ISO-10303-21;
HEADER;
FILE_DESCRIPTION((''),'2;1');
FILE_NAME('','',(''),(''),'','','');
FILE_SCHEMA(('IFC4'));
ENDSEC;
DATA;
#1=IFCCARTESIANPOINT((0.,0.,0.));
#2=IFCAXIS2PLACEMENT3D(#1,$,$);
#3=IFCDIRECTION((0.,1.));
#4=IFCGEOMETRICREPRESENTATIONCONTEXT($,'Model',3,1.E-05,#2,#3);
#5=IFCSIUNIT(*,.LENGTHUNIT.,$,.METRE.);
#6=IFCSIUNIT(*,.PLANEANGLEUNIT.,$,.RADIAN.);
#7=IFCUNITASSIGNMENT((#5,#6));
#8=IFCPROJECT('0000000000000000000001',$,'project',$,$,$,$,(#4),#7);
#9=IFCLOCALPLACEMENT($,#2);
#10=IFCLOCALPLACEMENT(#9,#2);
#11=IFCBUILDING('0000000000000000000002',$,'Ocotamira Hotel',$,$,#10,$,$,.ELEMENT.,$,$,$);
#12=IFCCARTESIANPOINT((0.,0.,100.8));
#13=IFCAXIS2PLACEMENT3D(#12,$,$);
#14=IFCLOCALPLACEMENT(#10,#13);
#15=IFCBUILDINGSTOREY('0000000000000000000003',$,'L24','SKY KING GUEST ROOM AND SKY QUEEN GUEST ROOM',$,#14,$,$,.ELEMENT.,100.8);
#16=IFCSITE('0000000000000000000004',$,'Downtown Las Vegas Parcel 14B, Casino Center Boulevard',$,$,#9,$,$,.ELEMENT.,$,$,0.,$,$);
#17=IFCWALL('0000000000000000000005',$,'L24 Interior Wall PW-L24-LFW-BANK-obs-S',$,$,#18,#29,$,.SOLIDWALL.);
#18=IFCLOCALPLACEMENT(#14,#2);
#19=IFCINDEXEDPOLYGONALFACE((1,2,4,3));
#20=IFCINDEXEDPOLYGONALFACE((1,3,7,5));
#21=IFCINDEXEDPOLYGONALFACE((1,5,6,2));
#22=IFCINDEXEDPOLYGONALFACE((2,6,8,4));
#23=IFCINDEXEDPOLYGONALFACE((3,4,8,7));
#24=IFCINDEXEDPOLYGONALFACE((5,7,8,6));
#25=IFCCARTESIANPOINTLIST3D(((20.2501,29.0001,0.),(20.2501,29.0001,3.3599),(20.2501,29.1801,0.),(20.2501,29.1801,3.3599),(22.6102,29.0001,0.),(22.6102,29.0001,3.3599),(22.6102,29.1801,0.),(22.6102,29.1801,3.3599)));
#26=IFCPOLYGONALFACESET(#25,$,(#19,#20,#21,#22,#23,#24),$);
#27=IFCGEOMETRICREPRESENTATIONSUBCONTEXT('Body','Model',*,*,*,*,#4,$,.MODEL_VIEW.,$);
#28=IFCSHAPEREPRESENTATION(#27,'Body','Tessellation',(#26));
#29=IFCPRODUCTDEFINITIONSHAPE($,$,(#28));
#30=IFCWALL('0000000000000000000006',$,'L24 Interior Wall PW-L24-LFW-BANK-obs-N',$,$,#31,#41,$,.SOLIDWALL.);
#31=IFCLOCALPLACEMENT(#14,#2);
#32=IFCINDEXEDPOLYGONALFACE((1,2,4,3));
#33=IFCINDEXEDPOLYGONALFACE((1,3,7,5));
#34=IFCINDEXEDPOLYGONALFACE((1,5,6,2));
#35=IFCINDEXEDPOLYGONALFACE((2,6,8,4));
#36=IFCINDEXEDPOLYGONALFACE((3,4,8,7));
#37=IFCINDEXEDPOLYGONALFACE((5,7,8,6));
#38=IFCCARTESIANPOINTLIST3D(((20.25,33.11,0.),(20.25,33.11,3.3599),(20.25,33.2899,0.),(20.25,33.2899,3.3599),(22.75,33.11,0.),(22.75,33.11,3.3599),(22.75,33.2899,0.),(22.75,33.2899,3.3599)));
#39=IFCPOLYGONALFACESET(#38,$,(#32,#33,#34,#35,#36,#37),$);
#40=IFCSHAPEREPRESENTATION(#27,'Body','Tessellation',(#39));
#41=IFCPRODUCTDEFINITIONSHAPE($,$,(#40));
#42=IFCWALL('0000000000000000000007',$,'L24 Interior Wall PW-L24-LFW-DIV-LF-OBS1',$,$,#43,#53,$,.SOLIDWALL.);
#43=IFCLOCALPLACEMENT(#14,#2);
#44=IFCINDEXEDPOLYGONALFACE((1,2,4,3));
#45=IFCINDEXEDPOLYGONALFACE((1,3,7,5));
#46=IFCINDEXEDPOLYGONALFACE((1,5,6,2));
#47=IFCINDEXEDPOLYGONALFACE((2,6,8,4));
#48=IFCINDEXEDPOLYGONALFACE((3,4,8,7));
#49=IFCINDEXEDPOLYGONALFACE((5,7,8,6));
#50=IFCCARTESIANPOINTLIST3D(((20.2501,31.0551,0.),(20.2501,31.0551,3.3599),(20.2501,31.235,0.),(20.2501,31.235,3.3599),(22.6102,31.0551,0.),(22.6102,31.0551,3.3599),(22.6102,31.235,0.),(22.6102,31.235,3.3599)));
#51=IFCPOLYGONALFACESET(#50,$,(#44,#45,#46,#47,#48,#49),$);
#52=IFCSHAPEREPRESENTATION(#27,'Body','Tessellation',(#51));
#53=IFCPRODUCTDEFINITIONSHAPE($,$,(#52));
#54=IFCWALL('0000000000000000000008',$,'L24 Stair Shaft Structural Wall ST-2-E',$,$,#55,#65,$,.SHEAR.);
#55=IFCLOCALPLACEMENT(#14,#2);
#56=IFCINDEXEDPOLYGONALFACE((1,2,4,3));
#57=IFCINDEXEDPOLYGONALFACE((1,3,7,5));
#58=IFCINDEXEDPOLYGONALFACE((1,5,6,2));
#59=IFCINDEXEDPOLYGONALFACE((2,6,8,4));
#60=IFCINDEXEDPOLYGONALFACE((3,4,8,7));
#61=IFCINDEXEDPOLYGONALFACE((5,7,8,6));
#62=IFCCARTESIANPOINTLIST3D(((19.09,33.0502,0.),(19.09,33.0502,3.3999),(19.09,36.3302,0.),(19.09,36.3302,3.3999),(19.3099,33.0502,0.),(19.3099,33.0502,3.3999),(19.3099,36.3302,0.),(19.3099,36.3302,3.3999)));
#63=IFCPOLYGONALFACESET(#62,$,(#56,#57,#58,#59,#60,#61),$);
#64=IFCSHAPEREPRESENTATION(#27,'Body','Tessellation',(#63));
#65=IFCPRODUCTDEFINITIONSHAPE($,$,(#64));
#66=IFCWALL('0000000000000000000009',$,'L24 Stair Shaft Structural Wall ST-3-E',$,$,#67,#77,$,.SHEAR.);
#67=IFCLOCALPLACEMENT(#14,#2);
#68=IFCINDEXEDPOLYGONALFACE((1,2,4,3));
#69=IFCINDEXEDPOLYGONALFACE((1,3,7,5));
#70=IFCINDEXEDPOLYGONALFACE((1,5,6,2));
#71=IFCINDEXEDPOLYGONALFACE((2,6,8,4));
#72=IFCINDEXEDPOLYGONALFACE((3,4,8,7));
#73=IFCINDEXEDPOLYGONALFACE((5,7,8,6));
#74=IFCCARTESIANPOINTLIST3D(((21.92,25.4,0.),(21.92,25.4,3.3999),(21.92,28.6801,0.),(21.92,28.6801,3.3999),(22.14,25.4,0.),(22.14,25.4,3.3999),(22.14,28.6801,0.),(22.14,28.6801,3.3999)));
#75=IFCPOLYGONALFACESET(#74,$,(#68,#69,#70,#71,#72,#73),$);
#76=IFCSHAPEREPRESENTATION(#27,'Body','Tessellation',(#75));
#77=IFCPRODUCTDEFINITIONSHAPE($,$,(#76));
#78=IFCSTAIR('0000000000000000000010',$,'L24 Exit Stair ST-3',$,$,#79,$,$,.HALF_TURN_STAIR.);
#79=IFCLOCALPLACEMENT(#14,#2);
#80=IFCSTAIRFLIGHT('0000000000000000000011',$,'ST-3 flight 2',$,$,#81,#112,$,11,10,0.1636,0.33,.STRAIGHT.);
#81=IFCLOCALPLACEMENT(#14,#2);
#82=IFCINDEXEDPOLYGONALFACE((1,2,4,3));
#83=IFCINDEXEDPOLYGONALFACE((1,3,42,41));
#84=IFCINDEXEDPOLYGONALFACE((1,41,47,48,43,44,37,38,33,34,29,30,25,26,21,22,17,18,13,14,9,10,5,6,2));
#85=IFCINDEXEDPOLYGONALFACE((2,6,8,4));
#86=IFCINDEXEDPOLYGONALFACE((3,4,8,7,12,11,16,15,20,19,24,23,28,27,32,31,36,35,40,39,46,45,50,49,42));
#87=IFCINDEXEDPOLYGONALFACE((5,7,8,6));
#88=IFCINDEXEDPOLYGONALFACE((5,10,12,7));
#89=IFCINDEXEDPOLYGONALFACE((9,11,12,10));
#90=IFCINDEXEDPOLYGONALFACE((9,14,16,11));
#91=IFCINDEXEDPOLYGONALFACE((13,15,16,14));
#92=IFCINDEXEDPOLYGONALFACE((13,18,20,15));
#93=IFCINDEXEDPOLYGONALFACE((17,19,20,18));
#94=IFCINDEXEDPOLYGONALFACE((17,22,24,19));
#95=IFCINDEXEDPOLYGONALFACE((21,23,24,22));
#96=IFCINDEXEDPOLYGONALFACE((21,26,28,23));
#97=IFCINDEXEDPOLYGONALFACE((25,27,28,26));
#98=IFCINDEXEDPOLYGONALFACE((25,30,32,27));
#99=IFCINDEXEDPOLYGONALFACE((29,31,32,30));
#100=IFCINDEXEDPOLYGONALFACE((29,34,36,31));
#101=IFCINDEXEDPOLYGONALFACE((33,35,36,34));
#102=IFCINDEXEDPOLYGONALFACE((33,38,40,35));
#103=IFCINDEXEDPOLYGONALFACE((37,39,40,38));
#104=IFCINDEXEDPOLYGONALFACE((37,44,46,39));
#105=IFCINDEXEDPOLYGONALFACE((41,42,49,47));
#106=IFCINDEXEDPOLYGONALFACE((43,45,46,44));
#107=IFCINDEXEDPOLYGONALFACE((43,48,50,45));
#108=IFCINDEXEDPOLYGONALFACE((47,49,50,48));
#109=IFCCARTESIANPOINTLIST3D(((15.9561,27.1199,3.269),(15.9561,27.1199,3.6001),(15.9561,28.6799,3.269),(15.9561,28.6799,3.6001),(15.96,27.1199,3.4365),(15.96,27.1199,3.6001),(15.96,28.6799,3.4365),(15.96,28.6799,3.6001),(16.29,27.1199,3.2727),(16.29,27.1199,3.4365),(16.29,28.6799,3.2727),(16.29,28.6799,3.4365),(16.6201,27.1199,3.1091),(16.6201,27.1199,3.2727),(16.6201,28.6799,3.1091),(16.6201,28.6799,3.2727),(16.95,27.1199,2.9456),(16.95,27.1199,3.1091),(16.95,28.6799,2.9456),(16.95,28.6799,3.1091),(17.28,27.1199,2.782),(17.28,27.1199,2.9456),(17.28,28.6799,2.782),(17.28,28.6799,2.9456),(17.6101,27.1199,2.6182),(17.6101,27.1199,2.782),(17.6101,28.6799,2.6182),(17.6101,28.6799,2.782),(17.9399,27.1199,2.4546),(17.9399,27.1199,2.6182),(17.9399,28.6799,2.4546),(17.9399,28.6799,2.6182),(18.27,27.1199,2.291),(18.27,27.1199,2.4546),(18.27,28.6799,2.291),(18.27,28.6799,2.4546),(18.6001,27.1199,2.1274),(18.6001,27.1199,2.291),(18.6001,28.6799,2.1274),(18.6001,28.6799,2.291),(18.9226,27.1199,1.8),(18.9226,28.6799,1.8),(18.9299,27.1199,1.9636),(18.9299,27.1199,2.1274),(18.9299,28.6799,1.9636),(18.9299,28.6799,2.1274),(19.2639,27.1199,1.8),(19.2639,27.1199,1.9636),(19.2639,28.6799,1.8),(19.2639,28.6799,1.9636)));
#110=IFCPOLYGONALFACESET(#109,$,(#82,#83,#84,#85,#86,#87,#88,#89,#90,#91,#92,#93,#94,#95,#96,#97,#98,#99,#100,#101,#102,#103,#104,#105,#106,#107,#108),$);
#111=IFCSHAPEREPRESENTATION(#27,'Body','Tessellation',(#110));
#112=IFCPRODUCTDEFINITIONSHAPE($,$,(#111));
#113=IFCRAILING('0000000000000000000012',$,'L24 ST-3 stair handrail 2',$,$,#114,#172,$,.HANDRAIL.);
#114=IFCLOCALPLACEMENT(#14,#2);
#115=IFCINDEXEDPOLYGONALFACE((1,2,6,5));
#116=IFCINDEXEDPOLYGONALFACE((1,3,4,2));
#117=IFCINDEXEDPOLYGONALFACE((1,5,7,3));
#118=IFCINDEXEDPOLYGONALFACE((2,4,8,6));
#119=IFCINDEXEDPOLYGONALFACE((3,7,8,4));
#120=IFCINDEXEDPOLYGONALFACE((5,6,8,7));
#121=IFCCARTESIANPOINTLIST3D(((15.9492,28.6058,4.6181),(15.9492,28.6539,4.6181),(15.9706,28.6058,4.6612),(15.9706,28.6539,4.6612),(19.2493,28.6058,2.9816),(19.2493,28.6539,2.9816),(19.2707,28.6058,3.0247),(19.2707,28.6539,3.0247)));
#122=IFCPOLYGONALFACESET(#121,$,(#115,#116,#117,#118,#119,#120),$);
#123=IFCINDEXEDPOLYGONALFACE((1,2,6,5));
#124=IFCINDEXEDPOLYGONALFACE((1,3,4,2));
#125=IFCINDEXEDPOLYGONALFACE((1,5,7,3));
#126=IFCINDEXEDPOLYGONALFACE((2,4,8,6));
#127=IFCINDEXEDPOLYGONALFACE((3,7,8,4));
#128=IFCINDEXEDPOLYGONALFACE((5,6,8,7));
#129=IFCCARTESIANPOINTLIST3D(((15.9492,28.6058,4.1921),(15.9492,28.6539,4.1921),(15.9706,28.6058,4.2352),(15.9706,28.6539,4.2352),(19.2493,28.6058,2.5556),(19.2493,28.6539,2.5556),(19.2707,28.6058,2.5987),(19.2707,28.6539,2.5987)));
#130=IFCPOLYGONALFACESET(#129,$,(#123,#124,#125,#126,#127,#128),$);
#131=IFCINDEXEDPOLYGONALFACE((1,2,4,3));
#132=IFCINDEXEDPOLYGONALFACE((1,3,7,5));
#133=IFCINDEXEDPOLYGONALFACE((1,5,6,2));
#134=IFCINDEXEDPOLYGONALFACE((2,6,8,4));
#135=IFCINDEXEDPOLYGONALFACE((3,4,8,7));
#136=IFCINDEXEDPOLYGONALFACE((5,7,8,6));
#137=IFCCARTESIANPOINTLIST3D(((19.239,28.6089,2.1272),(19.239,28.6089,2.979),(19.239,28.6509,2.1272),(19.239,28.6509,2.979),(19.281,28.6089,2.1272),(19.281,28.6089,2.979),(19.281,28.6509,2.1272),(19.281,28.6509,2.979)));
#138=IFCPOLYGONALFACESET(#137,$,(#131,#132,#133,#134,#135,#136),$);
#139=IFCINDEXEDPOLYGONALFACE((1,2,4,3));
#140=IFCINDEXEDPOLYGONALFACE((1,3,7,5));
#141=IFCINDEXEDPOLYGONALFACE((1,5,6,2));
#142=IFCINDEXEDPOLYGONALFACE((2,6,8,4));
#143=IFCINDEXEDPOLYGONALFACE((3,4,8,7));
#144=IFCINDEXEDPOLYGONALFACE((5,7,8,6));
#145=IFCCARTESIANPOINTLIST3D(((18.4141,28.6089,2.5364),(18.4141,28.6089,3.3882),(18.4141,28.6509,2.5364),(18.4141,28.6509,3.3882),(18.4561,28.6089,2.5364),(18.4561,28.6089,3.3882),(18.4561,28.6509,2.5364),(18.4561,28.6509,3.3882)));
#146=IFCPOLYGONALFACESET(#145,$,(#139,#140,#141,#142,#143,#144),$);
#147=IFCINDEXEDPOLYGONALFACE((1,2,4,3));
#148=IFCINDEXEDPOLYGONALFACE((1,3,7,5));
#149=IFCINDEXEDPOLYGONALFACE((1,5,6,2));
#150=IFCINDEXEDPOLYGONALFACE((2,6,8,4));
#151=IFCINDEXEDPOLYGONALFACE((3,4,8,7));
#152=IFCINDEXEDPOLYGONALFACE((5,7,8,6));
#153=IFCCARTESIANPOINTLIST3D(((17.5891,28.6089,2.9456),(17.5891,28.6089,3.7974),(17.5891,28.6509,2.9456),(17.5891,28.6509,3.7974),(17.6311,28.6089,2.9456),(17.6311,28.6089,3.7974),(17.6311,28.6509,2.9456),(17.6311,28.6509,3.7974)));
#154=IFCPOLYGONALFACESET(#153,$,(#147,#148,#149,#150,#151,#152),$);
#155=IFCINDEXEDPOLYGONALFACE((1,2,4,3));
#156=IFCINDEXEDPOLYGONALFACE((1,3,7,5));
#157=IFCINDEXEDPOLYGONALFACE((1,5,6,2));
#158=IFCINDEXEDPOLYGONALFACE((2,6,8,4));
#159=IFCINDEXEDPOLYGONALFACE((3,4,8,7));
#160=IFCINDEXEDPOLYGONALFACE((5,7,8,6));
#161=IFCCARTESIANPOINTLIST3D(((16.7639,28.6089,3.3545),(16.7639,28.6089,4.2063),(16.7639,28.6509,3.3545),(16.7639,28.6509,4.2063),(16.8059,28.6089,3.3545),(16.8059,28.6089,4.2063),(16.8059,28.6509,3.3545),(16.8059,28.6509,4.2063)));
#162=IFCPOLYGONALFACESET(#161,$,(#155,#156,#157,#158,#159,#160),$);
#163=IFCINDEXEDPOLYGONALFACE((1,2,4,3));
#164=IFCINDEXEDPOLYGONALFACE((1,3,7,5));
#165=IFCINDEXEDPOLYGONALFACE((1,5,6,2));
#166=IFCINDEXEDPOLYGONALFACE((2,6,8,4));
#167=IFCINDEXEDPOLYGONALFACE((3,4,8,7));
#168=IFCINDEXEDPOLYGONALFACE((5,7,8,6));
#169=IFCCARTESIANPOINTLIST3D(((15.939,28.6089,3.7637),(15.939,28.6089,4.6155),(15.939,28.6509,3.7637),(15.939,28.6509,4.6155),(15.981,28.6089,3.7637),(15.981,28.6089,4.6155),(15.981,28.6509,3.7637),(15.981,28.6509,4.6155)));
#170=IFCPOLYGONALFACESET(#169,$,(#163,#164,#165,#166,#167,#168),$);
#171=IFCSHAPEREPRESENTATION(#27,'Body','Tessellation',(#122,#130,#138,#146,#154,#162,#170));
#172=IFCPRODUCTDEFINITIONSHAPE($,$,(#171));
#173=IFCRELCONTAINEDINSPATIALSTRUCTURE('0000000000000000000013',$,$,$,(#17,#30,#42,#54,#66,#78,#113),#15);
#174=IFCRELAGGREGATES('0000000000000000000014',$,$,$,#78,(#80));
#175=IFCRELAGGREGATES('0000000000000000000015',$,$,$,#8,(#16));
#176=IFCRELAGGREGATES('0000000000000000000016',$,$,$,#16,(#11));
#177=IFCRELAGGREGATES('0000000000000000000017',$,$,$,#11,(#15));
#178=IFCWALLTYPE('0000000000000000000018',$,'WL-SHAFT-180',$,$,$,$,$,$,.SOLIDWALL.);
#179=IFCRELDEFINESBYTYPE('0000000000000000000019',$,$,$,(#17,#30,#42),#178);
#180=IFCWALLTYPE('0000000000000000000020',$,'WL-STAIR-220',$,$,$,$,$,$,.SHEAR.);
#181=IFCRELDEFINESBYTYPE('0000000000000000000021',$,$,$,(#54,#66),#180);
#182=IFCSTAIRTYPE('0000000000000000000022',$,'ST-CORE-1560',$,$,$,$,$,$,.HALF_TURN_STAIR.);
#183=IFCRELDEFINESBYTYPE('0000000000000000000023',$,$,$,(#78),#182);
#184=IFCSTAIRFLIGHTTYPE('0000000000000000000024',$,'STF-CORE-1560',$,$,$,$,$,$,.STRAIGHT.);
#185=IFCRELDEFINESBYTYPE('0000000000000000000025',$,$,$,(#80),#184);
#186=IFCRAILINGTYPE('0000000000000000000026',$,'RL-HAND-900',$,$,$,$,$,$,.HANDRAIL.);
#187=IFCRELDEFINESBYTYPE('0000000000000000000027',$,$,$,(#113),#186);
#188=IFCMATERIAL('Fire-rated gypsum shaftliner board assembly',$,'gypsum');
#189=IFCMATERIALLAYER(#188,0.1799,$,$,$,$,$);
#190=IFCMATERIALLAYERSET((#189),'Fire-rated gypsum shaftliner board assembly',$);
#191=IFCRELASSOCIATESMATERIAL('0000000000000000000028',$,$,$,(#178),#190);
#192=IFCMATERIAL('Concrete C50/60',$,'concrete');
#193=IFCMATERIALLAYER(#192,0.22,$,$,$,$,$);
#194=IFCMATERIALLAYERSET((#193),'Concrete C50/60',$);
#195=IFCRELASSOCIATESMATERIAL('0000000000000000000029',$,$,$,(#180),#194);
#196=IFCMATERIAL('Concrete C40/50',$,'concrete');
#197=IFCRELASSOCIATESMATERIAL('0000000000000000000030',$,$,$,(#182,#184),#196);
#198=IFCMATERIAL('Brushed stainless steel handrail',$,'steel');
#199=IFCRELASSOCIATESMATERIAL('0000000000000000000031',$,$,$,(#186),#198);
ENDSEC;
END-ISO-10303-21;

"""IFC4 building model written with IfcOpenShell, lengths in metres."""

from ifc_helpers import new_model, si_unit, direction, frame, frame_2d, origin, origin_2d, place, context, subcontext, project, spatial, polyline, rectangle, outline, extrude, source, transform, mapped, material, layer, layer_set, type_object, element, aggregate, save


model = new_model("IFC4")

# Units and contexts
model_context = context("Model", 3, precision=1e-05, world=origin(), true_north=direction((0.0, 1.0)))
body_context = subcontext(model_context, "Body", "Model", "MODEL_VIEW")
ifc_project = project(units=[si_unit("LENGTHUNIT", "METRE"), si_unit("PLANEANGLEUNIT", "RADIAN")], contexts=[model_context])

# Site, building, storey
site_placement = place(None, origin())
site = spatial("IfcSite", under=ifc_project, at=site_placement, Name="Downtown Las Vegas Parcel 14B, Casino Center Boulevard", CompositionType="ELEMENT", RefElevation=0.0)
building_placement = place(site_placement, origin())
building = spatial("IfcBuilding", under=site, at=building_placement, Name="Ocotamira Hotel", CompositionType="ELEMENT")
storey_placement = place(building_placement, frame((0.0, 0.0, 100.8)))
storey = spatial("IfcBuildingStorey", under=building, at=storey_placement, Name="L24", Description="SKY KING GUEST ROOM AND SKY QUEEN GUEST ROOM", CompositionType="ELEMENT", Elevation=100.8)

# Walls
ifc_material_1 = material(Name="Fire-rated gypsum shaftliner board assembly", Category="gypsum")
ifc_layer_1 = layer(ifc_material_1, 0.1799)
ifc_layer_set_1 = layer_set([ifc_layer_1], Name="Fire-rated gypsum shaftliner board assembly")
wall_type_1 = type_object("IfcWallType", Name="WL-SHAFT-180", PredefinedType="SOLIDWALL", material=ifc_layer_set_1)
wall_1_placement = place(storey_placement, frame((20.25, 29.0901, 0.0), z_axis=(0.0, 0.0, 1.0), x_axis=(1.0, 0.0, 0.0)))
element("IfcWall", 1, at=wall_1_placement, inside=storey, type_object=wall_type_1, Name="L24 Interior Wall PW-L24-LFW-BANK-obs-S", PredefinedType="SOLIDWALL", context=body_context, shape_type="SweptSolid", body=[
    extrude(rectangle(XDim=2.3601, YDim=0.1799, at=frame_2d((1.1802, 0.0))), origin(), (0.0, 0.0, 1.0), 3.3599),
])
wall_2_placement = place(storey_placement, frame((20.25, 33.2, 0.0), z_axis=(0.0, 0.0, 1.0), x_axis=(1.0, 0.0, 0.0)))
element("IfcWall", 2, at=wall_2_placement, inside=storey, type_object=wall_type_1, Name="L24 Interior Wall PW-L24-LFW-BANK-obs-N", PredefinedType="SOLIDWALL", context=body_context, shape_type="SweptSolid", body=[
    extrude(rectangle(XDim=2.5, YDim=0.1799, at=frame_2d((1.25, 0.0))), origin(), (0.0, 0.0, 1.0), 3.3599),
])
wall_3_placement = place(storey_placement, frame((20.25, 31.145, 0.0), z_axis=(0.0, 0.0, 1.0), x_axis=(1.0, 0.0, 0.0)))
element("IfcWall", 3, at=wall_3_placement, inside=storey, type_object=wall_type_1, Name="L24 Interior Wall PW-L24-LFW-DIV-LF-OBS1", PredefinedType="SOLIDWALL", context=body_context, shape_type="SweptSolid", body=[
    extrude(rectangle(XDim=2.3601, YDim=0.1799, at=frame_2d((1.1802, 0.0))), origin(), (0.0, 0.0, 1.0), 3.3599),
])
ifc_material_2 = material(Name="Concrete C50/60", Category="concrete")
ifc_layer_2 = layer(ifc_material_2, 0.22)
ifc_layer_set_2 = layer_set([ifc_layer_2], Name="Concrete C50/60")
wall_type_2 = type_object("IfcWallType", Name="WL-STAIR-220", PredefinedType="SHEAR", material=ifc_layer_set_2)
for number, where, z_axis, x_axis, name in (
    (4, (19.2, 33.05, 0.0), (0.0, 0.0, 1.0), (0.0, 1.0, 0.0), "L24 Stair Shaft Structural Wall ST-2-E"),
    (5, (22.03, 25.3999, 0.0), (0.0, 0.0, 1.0), (0.0, 1.0, 0.0), "L24 Stair Shaft Structural Wall ST-3-E"),
):
    element("IfcWall", number, at=place(storey_placement, frame(where, z_axis=z_axis, x_axis=x_axis)), inside=storey, type_object=wall_type_2, Name=name, PredefinedType="SHEAR", context=body_context, shape_type="SweptSolid", body=[
        extrude(rectangle(XDim=3.28, YDim=0.22, at=frame_2d((1.6401, 0.0))), origin(), (0.0, 0.0, 1.0), 3.3999),
    ])

# Stair, stair flight
ifc_material_3 = material(Name="Concrete C40/50", Category="concrete")
stair_type = type_object("IfcStairType", Name="ST-CORE-1560", PredefinedType="HALF_TURN_STAIR", material=ifc_material_3)
stair_placement = place(storey_placement, origin())
stair = element("IfcStair", 6, at=stair_placement, inside=storey, type_object=stair_type, Name="L24 Exit Stair ST-3", PredefinedType="HALF_TURN_STAIR")
stair_flight_type = type_object("IfcStairFlightType", Name="STF-CORE-1560", PredefinedType="STRAIGHT", material=ifc_material_3)
shared_shape_1 = source(origin(), body_context, "Body", "SweptSolid", [
    extrude(outline(polyline([(-0.0039, 0.0), (-0.0039, 0.1636), (0.3301, 0.1636), (0.3301, 0.3274), (0.6599, 0.3274), (0.6599, 0.491), (0.99, 0.491), (0.99, 0.6545), (1.3201, 0.6545), (1.3201, 0.8181), (1.6499, 0.8181), (1.6499, 0.9819), (1.98, 0.9819), (1.98, 1.1455), (2.3101, 1.1455), (2.3101, 1.3091), (2.6399, 1.3091), (2.6399, 1.4727), (2.97, 1.4727), (2.97, 1.6365), (3.3, 1.6365), (3.3, 1.8), (3.304, 1.8), (3.304, 1.469), (0.3374, 0.0), (-0.0039, 0.0)])), frame((0.0, 0.78, 0.0), z_axis=(0.0, -1.0, 0.0), x_axis=(1.0, 0.0, 0.0)), (0.0, 0.0, 1.0), 1.5601),
])
stair_flight_placement = place(storey_placement, frame((19.26, 27.8999, 1.8), z_axis=(0.0, 0.0, 1.0), x_axis=(-1.0, 0.0, 0.0)))
stair_flight = element("IfcStairFlight", 7, at=stair_flight_placement, type_object=stair_flight_type, Name="ST-3 flight 2", NumberOfRisers=11, NumberOfTreads=10, PredefinedType="STRAIGHT", RiserHeight=0.1636, TreadLength=0.33, context=body_context, shape_type="MappedRepresentation", body=[
    mapped(shared_shape_1, transform((0.0, 0.0, 0.0), scale=1.0)),
])
aggregate(stair, [stair_flight])

# Railing
ifc_material_4 = material(Name="Brushed stainless steel handrail", Category="steel")
railing_type_1 = type_object("IfcRailingType", Name="RL-HAND-900", PredefinedType="HANDRAIL", material=ifc_material_4)
railing_1_placement = place(storey_placement, frame((19.26, 28.6299, 2.1272)))
element("IfcRailing", 8, at=railing_1_placement, inside=storey, type_object=railing_type_1, Name="L24 ST-3 stair handrail 2", PredefinedType="HANDRAIL", context=body_context, shape_type="SweptSolid", body=[
    extrude(rectangle(XDim=0.0481, YDim=0.0481, at=origin_2d()), frame((0.0, 0.0, 0.876), z_axis=(-0.895894, 0.0, 0.444268), x_axis=(0.0, -1.0, 0.0)), (0.0, 0.0, 1.0), 3.6836),
    extrude(rectangle(XDim=0.0481, YDim=0.0481, at=origin_2d()), frame((0.0, 0.0, 0.45), z_axis=(-0.895894, 0.0, 0.444268), x_axis=(0.0, -1.0, 0.0)), (0.0, 0.0, 1.0), 3.6836),
    extrude(rectangle(XDim=0.042, YDim=0.042, at=origin_2d()), origin(), (0.0, 0.0, 1.0), 0.8518),
    extrude(rectangle(XDim=0.042, YDim=0.042, at=origin_2d()), frame((-0.825, 0.0, 0.4092)), (0.0, 0.0, 1.0), 0.8518),
    extrude(rectangle(XDim=0.042, YDim=0.042, at=origin_2d()), frame((-1.6499, 0.0, 0.8184)), (0.0, 0.0, 1.0), 0.8518),
    extrude(rectangle(XDim=0.042, YDim=0.042, at=origin_2d()), frame((-2.4751, 0.0, 1.2273)), (0.0, 0.0, 1.0), 0.8518),
    extrude(rectangle(XDim=0.042, YDim=0.042, at=origin_2d()), frame((-3.3, 0.0, 1.6365)), (0.0, 0.0, 1.0), 0.8518),
])

save(model, "model.ifc")
